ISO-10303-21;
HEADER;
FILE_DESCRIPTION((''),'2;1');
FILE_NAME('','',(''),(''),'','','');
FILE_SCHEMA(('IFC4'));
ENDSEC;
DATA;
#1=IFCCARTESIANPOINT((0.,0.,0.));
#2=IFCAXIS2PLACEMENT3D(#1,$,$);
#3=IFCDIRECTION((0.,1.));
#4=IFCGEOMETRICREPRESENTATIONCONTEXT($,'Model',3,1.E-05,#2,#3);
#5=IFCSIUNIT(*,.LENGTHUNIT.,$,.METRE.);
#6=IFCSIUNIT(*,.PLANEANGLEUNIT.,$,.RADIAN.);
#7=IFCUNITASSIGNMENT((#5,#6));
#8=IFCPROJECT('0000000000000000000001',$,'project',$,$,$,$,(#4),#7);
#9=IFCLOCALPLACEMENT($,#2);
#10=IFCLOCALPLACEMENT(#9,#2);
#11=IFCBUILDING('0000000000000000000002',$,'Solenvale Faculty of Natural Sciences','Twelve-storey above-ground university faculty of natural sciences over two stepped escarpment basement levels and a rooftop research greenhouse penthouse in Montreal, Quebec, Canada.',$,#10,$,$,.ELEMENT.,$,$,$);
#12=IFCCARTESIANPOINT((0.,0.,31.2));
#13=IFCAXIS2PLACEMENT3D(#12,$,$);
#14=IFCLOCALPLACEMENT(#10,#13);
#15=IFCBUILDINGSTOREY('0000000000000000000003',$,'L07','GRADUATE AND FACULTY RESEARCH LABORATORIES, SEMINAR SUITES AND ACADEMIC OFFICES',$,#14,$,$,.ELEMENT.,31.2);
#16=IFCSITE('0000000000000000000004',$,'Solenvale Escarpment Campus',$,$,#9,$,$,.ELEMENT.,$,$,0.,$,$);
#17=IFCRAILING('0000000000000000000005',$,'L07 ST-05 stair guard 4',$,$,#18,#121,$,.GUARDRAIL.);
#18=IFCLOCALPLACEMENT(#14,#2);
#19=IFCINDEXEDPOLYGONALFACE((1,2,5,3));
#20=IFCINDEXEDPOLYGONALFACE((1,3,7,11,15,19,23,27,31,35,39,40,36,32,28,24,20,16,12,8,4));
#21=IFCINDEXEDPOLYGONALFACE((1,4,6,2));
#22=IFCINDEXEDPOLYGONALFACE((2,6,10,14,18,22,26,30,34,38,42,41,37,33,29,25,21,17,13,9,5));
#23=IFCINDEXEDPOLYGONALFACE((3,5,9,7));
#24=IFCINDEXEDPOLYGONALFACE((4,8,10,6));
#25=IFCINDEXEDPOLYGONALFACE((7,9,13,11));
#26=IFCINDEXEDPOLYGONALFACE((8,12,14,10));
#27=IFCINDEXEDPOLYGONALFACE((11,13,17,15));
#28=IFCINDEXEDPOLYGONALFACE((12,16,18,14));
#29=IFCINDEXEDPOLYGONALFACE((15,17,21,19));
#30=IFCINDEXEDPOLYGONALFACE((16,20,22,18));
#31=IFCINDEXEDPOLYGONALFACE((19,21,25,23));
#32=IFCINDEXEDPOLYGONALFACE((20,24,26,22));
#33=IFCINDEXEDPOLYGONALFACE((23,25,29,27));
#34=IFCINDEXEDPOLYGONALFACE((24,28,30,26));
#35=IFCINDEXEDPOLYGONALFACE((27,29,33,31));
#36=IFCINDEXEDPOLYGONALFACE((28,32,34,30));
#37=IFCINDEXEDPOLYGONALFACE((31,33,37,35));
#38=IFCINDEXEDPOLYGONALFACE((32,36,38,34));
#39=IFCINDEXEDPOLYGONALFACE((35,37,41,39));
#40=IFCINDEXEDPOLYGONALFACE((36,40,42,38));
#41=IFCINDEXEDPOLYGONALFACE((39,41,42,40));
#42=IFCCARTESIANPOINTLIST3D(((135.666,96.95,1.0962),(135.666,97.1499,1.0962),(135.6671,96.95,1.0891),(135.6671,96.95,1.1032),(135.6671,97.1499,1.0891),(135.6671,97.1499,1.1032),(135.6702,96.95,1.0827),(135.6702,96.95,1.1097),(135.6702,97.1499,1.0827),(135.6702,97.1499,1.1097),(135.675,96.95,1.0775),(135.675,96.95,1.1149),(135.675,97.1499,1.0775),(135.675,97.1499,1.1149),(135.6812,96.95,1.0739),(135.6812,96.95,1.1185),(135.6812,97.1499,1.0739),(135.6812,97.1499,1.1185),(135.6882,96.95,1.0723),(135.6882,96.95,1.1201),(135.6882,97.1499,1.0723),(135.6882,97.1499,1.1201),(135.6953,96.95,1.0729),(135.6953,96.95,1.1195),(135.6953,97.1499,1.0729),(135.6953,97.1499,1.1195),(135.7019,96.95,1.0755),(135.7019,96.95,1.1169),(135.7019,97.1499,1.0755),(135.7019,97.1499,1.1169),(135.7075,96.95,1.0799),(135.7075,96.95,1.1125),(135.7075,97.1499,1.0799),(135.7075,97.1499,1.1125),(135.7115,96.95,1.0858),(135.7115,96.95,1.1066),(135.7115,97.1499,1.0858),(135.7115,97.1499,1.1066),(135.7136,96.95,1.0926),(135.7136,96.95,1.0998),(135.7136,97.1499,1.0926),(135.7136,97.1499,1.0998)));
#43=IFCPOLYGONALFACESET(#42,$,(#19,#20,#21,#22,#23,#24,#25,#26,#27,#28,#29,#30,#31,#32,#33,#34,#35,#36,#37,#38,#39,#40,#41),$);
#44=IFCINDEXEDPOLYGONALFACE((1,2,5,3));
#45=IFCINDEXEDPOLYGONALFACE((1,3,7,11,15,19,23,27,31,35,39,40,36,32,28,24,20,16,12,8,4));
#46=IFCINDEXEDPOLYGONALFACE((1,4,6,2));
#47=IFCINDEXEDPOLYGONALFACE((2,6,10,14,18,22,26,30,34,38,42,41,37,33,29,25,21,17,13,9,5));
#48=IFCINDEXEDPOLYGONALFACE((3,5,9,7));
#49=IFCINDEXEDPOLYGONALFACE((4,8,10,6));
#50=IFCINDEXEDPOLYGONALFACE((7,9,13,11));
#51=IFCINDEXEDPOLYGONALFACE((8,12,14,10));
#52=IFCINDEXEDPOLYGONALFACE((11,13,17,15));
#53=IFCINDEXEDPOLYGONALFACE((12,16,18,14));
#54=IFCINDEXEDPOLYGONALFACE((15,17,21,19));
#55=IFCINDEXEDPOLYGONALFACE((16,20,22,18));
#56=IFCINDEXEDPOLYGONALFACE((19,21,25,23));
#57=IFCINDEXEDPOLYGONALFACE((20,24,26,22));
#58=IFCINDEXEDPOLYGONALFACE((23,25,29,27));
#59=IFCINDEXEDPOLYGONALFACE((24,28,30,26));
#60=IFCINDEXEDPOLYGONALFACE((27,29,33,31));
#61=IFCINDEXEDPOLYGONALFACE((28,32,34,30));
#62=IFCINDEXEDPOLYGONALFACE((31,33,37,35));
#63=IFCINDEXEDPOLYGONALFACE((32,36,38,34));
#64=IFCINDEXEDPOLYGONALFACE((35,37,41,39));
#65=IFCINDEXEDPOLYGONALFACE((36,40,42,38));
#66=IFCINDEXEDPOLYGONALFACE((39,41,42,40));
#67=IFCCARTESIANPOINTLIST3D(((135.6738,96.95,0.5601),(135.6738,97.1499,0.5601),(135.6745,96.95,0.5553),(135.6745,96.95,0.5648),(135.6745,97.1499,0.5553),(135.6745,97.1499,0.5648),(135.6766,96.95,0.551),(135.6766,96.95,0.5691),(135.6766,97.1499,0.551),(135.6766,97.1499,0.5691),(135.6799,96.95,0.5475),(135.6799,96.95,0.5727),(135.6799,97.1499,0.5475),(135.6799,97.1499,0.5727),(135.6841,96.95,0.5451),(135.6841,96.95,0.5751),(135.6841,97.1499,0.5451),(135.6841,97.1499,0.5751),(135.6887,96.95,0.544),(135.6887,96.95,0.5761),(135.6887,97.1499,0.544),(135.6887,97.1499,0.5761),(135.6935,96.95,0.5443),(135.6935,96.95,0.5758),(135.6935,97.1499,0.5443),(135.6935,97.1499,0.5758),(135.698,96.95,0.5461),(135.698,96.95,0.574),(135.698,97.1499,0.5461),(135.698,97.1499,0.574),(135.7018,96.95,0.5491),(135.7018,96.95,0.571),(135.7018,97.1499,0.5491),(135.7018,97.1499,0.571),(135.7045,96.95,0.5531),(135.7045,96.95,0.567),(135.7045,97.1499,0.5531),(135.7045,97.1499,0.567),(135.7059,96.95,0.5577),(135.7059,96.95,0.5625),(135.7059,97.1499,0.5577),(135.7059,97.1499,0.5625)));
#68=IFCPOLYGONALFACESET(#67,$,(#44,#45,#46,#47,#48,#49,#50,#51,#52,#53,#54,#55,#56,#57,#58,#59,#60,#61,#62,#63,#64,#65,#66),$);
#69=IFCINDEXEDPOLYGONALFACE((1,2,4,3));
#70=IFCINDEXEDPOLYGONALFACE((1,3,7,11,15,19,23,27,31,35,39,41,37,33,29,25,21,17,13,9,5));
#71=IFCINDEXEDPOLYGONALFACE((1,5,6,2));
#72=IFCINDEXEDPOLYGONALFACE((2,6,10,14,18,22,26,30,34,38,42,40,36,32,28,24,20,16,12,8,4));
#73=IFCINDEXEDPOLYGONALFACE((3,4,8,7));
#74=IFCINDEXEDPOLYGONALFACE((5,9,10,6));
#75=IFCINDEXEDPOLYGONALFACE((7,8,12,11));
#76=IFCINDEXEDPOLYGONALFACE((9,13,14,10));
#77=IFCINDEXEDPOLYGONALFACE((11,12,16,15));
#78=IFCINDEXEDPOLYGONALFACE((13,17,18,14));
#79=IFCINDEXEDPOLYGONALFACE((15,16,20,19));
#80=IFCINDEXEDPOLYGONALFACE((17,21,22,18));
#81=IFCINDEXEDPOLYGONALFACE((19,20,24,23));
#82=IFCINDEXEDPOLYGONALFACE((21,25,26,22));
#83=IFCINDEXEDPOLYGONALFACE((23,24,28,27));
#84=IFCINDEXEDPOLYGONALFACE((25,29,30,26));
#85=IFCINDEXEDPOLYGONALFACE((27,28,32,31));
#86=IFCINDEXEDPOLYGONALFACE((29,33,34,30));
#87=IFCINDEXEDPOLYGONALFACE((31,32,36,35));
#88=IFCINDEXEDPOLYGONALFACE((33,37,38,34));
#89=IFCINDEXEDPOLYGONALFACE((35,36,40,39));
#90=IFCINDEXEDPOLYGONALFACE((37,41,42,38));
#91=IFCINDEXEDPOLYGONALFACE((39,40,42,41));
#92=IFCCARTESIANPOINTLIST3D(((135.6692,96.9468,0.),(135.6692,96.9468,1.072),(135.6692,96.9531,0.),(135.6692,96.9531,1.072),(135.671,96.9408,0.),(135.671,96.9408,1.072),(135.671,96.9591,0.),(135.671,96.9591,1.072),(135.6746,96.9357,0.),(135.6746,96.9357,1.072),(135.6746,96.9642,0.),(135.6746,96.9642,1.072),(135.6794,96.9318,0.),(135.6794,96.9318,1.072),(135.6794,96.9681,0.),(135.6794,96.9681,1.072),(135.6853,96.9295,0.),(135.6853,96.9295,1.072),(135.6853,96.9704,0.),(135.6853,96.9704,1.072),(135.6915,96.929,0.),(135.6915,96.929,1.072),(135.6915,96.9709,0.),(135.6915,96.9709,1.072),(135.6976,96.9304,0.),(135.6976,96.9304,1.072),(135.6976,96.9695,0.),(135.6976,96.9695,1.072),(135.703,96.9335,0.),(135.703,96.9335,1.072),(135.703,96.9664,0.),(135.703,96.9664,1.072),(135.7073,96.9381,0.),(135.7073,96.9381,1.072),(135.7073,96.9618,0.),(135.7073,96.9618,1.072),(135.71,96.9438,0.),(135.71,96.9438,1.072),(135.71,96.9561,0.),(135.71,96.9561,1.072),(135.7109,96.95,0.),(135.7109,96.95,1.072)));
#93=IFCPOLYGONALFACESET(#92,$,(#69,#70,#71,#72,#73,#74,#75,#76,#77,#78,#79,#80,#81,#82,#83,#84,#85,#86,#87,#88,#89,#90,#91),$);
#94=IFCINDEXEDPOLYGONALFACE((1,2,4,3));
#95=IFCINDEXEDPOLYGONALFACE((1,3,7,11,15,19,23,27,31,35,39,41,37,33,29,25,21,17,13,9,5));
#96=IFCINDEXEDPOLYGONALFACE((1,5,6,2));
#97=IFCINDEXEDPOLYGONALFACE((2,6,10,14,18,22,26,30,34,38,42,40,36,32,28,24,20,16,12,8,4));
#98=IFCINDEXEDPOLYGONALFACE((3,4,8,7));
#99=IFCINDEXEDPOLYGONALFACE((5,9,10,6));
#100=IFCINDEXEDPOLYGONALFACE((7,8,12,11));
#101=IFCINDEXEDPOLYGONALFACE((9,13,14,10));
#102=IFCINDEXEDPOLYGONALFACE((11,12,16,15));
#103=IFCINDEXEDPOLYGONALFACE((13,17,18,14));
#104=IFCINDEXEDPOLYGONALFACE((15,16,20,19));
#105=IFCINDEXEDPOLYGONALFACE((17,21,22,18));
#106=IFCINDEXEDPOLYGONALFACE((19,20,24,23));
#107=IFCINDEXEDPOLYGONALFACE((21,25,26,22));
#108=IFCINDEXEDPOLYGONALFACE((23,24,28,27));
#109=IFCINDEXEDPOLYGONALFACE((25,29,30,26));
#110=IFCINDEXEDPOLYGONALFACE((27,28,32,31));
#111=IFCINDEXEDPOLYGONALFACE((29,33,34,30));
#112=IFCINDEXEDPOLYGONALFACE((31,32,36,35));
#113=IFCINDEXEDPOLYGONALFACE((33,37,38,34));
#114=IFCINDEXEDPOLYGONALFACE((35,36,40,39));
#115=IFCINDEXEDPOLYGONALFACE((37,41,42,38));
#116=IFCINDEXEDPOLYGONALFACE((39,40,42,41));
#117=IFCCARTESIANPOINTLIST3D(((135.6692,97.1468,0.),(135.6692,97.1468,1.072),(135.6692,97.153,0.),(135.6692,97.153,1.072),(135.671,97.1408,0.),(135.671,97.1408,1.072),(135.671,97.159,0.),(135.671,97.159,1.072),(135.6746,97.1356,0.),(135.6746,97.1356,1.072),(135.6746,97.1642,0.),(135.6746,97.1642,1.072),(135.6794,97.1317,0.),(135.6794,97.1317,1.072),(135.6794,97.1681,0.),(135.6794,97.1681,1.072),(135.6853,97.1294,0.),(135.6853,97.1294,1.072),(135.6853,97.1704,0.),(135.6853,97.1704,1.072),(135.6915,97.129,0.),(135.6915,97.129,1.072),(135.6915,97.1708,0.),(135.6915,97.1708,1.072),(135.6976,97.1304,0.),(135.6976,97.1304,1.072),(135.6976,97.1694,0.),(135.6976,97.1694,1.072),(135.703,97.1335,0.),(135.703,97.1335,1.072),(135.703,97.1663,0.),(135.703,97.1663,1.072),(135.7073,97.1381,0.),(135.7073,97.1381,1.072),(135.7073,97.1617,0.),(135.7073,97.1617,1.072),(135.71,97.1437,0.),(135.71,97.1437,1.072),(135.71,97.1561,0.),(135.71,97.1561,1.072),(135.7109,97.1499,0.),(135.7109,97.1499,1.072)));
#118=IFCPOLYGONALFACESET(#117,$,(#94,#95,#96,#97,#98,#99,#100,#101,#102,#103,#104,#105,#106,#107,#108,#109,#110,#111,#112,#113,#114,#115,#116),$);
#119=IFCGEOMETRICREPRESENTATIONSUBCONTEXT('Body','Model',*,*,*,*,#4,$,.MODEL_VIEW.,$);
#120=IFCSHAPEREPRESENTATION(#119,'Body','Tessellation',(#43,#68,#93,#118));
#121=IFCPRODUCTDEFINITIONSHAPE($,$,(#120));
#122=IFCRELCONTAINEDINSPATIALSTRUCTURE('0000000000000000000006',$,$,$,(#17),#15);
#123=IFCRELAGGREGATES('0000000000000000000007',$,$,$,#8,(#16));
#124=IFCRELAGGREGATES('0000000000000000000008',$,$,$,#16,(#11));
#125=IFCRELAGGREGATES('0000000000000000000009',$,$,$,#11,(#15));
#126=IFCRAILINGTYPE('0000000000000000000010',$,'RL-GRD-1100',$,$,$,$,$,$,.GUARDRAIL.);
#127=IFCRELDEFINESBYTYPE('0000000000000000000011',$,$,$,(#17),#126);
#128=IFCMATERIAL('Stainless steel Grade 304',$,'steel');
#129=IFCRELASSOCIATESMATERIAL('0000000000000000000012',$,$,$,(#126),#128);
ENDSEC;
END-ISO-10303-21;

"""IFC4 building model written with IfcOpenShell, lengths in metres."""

from ifc_helpers import new_model, si_unit, direction, frame, origin, origin_2d, place, context, subcontext, project, spatial, circle, extrude, material, type_object, element, save


model = new_model("IFC4")

# Units and contexts
model_context = context("Model", 3, precision=1e-05, world=origin(), true_north=direction((0.0, 1.0)))
body_context = subcontext(model_context, "Body", "Model", "MODEL_VIEW")
ifc_project = project(units=[si_unit("LENGTHUNIT", "METRE"), si_unit("PLANEANGLEUNIT", "RADIAN")], contexts=[model_context])

# Site, building, storey
site_placement = place(None, origin())
site = spatial("IfcSite", under=ifc_project, at=site_placement, Name="Solenvale Escarpment Campus", CompositionType="ELEMENT", RefElevation=0.0)
building_placement = place(site_placement, origin())
building = spatial("IfcBuilding", under=site, at=building_placement, Name="Solenvale Faculty of Natural Sciences", Description="Twelve-storey above-ground university faculty of natural sciences over two stepped escarpment basement levels and a rooftop research greenhouse penthouse in Montreal, Quebec, Canada.", CompositionType="ELEMENT")
storey_placement = place(building_placement, frame((0.0, 0.0, 31.2)))
storey = spatial("IfcBuildingStorey", under=building, at=storey_placement, Name="L07", Description="GRADUATE AND FACULTY RESEARCH LABORATORIES, SEMINAR SUITES AND ACADEMIC OFFICES", CompositionType="ELEMENT", Elevation=31.2)

# Railing
ifc_material_1 = material(Name="Stainless steel Grade 304", Category="steel")
railing_type_1 = type_object("IfcRailingType", Name="RL-GRD-1100", PredefinedType="GUARDRAIL", material=ifc_material_1)
railing_1_placement = place(storey_placement, frame((135.6899, 96.95, 0.0)))
element("IfcRailing", 1, at=railing_1_placement, inside=storey, type_object=railing_type_1, Name="L07 ST-05 stair guard 4", PredefinedType="GUARDRAIL", context=body_context, shape_type="SweptSolid", body=[
    extrude(circle(Radius=0.0239, at=origin_2d()), frame((0.0, 0.0, 1.0962), z_axis=(0.0, 1.0, 0.0), x_axis=(-1.0, 0.0, 0.0)), (0.0, 0.0, 1.0), 0.2),
    extrude(circle(Radius=0.0161, at=origin_2d()), frame((0.0, 0.0, 0.5601), z_axis=(0.0, 1.0, 0.0), x_axis=(-1.0, 0.0, 0.0)), (0.0, 0.0, 1.0), 0.2),
    extrude(circle(Radius=0.021, at=origin_2d()), origin(), (0.0, 0.0, 1.0), 1.072),
    extrude(circle(Radius=0.021, at=origin_2d()), frame((0.0, 0.2, 0.0)), (0.0, 0.0, 1.0), 1.072),
])

save(model, "model.ifc")
